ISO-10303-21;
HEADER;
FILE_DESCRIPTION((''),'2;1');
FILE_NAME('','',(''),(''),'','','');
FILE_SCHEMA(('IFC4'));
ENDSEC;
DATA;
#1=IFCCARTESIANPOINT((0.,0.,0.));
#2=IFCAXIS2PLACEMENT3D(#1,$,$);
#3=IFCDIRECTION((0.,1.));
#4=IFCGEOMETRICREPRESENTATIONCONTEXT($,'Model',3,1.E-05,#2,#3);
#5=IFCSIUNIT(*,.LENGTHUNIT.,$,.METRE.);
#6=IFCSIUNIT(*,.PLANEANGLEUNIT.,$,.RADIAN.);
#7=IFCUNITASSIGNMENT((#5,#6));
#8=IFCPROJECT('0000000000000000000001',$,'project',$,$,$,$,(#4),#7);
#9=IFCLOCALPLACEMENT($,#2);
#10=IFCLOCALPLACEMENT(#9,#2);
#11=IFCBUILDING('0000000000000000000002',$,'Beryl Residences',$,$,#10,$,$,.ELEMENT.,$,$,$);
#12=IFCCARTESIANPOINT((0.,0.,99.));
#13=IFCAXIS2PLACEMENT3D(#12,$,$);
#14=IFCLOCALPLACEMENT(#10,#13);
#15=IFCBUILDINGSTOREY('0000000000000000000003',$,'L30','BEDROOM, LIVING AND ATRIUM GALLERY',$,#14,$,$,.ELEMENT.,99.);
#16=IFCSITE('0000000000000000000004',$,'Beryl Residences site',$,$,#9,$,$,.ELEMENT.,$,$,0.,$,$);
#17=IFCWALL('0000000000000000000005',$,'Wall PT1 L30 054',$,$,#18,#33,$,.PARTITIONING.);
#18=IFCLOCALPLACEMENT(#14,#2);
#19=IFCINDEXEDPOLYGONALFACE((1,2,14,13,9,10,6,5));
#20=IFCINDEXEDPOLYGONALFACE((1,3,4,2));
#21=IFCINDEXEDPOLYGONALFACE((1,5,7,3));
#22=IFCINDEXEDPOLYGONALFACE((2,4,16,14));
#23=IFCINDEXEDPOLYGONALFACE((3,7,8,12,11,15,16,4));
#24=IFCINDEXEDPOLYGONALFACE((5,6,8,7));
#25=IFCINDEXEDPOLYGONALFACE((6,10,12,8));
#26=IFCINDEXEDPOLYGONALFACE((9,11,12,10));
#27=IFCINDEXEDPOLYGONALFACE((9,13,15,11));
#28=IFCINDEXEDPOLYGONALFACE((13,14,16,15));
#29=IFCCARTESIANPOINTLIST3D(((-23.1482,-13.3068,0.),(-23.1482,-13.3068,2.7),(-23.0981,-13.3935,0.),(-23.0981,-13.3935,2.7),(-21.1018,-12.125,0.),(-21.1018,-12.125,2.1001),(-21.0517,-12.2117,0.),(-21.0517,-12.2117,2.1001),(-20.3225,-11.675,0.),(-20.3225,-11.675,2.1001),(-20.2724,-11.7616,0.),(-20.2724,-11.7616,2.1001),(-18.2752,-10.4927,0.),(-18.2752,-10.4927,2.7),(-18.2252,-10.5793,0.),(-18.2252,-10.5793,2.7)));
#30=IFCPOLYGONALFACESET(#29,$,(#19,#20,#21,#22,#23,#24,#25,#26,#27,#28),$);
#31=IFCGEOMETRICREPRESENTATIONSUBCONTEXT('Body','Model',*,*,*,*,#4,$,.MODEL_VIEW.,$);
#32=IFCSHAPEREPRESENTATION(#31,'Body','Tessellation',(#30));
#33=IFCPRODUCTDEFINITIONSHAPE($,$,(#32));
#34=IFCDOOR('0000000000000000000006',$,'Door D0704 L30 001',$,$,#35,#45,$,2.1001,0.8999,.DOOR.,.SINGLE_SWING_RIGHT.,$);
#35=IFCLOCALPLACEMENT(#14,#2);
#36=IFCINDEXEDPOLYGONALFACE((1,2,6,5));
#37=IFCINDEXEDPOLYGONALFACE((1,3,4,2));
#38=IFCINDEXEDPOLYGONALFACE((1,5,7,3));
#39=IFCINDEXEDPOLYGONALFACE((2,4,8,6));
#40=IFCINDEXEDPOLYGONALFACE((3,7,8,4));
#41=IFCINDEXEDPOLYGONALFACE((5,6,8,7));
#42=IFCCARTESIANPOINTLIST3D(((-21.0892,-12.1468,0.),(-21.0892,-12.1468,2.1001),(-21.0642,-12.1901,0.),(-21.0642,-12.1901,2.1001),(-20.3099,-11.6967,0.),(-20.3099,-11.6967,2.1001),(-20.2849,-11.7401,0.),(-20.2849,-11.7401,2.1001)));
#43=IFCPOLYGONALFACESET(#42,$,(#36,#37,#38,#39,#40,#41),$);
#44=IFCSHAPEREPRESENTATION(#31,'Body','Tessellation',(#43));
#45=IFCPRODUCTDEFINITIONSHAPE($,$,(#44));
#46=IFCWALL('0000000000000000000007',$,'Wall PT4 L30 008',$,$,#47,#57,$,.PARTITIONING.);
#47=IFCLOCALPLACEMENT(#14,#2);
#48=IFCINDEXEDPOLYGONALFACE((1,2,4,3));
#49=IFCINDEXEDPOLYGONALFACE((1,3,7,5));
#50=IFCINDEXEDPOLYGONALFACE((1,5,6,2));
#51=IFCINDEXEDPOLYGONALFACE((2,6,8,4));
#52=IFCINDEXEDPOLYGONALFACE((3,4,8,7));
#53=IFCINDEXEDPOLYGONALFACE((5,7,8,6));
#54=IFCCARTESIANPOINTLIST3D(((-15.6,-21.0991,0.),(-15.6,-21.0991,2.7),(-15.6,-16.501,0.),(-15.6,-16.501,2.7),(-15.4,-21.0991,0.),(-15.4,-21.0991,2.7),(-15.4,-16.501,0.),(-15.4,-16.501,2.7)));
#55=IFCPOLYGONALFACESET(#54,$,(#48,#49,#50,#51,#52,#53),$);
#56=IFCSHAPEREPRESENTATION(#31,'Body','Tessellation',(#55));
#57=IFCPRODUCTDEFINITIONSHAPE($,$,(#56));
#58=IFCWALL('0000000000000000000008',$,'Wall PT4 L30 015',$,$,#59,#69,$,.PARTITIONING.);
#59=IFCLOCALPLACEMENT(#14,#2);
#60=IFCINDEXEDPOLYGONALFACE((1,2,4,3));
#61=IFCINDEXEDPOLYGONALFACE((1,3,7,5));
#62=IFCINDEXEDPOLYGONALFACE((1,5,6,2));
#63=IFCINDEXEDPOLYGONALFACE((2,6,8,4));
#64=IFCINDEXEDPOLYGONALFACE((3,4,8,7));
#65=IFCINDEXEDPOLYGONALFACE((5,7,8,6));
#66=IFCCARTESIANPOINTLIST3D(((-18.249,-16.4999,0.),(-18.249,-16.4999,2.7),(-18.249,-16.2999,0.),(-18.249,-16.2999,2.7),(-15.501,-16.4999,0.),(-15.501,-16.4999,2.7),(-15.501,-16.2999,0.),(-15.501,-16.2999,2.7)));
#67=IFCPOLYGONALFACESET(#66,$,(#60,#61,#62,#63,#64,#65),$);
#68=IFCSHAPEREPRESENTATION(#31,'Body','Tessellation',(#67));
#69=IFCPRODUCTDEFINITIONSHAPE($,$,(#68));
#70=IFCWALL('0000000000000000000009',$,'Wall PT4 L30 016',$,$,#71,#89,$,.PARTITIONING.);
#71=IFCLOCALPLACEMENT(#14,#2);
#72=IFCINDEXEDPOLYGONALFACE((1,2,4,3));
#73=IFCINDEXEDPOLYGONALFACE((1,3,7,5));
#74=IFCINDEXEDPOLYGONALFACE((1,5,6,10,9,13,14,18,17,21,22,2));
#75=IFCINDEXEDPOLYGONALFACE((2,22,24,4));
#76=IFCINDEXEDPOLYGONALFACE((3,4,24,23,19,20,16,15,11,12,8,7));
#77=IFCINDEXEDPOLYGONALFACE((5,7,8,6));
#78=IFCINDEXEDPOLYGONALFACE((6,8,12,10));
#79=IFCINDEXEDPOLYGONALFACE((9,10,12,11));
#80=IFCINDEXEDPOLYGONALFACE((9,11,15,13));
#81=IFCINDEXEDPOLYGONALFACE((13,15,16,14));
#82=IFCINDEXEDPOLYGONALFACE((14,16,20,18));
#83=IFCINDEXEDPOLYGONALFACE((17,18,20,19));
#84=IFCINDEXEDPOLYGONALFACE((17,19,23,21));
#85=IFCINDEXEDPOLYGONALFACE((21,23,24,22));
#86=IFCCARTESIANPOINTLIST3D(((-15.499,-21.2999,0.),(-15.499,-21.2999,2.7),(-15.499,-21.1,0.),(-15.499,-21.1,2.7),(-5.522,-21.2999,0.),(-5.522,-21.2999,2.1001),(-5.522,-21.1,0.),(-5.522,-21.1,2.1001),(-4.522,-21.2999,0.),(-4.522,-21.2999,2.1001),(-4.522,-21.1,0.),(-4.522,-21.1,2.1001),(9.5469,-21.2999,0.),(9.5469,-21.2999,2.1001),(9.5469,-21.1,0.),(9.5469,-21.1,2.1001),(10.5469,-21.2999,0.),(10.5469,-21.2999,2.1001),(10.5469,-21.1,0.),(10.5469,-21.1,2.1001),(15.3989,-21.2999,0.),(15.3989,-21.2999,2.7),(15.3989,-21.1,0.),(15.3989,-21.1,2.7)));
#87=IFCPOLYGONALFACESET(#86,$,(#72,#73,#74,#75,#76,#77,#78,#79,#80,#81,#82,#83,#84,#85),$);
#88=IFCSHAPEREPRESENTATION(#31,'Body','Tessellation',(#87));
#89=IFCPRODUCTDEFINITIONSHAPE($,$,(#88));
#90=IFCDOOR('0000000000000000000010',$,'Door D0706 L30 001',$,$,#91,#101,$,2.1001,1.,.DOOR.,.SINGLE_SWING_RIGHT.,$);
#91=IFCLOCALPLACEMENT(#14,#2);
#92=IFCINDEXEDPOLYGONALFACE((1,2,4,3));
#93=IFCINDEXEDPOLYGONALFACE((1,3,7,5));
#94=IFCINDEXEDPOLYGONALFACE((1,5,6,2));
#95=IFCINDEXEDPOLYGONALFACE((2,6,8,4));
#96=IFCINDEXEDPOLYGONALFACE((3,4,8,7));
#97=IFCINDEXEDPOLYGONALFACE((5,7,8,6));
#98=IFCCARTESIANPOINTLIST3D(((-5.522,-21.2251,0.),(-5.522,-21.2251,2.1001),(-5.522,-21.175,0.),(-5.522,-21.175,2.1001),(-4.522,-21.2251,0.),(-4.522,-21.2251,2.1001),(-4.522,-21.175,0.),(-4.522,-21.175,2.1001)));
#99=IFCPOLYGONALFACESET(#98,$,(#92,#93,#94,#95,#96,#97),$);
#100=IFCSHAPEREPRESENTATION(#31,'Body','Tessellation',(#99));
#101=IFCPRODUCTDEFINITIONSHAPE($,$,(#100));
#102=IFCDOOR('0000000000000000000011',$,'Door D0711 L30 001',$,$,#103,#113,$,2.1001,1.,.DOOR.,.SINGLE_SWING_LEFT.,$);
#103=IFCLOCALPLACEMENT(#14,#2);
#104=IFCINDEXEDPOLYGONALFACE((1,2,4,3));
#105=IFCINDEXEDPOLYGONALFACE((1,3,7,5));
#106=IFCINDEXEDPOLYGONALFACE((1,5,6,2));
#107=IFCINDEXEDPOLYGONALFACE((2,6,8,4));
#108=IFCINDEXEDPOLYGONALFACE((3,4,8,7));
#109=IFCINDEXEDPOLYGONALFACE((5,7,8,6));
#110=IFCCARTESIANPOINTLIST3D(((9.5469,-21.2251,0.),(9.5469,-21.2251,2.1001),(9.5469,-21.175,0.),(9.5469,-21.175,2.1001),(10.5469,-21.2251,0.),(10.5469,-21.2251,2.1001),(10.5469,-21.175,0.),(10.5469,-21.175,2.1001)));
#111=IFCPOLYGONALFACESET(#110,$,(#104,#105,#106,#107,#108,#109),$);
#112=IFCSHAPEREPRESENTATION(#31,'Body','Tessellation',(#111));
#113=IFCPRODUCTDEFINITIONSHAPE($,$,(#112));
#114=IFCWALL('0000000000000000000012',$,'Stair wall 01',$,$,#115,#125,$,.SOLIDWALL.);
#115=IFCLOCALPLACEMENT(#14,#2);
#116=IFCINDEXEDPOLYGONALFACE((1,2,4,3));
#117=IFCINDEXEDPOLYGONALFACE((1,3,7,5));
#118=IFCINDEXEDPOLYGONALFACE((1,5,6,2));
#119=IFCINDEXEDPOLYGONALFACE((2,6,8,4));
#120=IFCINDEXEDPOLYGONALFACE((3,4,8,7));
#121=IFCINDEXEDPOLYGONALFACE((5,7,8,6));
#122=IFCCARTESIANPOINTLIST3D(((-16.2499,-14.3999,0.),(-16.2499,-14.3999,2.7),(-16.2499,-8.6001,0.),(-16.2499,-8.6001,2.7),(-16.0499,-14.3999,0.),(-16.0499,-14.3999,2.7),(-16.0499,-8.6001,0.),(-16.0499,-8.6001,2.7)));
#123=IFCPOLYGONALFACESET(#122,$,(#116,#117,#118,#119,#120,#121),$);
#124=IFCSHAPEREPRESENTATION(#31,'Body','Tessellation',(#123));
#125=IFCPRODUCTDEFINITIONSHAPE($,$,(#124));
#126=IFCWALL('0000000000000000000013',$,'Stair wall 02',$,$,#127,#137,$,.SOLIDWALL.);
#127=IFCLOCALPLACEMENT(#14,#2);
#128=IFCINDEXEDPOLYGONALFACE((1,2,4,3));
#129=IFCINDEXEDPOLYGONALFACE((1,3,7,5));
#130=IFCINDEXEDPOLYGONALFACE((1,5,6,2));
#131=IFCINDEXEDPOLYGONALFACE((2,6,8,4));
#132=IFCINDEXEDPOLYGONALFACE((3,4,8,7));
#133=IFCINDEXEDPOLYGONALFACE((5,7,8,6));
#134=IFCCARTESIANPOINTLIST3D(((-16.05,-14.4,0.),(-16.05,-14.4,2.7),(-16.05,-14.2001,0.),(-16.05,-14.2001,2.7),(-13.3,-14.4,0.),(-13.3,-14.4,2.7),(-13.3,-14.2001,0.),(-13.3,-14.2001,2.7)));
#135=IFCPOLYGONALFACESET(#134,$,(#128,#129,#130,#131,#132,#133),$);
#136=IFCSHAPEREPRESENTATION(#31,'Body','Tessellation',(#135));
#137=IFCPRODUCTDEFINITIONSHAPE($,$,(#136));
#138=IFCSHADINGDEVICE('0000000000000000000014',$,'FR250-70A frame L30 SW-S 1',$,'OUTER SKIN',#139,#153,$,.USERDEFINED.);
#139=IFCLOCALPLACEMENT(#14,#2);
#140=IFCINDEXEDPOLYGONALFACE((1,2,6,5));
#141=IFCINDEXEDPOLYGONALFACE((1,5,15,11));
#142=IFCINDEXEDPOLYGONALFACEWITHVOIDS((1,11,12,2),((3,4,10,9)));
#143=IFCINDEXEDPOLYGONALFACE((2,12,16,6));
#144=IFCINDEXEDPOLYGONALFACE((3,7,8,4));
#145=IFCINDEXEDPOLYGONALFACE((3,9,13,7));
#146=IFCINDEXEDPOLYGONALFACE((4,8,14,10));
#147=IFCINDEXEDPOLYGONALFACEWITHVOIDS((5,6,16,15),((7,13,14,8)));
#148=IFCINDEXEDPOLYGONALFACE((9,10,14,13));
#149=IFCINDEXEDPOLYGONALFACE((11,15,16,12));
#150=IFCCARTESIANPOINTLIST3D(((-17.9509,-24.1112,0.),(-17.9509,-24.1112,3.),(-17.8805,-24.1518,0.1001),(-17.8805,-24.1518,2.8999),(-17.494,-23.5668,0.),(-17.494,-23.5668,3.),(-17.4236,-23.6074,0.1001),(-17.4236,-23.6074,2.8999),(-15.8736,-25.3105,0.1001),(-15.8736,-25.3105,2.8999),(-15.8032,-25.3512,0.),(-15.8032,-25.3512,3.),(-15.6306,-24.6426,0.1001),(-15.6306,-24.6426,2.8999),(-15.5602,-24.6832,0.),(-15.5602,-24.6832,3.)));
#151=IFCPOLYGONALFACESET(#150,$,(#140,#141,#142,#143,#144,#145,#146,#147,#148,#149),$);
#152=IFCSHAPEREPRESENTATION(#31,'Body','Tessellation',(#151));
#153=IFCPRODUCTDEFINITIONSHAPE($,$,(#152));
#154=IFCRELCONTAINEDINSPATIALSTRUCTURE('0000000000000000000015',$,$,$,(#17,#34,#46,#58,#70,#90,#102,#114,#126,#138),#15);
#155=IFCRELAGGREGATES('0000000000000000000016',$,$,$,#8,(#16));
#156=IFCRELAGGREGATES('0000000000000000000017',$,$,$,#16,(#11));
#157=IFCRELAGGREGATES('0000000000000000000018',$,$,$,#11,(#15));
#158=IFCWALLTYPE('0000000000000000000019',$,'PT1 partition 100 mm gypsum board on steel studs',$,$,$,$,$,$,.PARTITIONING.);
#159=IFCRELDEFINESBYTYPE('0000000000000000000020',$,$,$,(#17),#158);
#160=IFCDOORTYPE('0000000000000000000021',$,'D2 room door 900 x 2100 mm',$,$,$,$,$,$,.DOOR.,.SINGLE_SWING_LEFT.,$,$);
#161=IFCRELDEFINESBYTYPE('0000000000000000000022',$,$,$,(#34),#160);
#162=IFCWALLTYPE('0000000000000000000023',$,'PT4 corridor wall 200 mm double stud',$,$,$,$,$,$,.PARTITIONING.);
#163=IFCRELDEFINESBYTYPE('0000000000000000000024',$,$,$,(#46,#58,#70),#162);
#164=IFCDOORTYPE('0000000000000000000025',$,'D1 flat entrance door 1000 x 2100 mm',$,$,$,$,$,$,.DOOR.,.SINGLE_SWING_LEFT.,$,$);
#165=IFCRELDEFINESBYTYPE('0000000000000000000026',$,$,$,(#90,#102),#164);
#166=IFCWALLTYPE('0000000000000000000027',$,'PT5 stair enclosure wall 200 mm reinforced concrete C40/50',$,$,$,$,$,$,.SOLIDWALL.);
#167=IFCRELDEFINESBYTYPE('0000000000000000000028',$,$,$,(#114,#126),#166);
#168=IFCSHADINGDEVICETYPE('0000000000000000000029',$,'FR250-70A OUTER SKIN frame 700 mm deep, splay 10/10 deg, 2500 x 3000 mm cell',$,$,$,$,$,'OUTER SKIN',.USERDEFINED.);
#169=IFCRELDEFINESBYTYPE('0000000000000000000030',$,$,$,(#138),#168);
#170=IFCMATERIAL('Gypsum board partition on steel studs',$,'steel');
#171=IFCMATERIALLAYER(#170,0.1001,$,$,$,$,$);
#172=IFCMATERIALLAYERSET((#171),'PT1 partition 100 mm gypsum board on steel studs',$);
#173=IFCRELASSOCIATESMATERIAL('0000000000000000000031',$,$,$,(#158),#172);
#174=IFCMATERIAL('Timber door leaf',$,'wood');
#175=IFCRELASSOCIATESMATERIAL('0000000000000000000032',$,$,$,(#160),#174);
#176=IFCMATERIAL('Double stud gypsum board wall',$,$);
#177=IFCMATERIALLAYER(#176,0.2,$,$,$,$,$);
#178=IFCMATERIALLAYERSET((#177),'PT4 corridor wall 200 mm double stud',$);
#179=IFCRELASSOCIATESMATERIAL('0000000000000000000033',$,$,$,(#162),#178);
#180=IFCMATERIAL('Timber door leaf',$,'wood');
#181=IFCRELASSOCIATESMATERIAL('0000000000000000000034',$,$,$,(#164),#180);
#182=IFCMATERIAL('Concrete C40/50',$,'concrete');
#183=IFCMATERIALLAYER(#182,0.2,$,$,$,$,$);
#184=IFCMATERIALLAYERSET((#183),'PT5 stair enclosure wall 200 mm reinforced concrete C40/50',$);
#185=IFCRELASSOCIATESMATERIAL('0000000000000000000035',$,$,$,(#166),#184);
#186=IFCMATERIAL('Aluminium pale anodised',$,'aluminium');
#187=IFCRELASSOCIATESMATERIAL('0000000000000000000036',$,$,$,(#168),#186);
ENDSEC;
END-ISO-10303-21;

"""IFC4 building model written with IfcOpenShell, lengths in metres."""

from ifc_helpers import new_model, entity, si_unit, direction, frame, frame_2d, origin, place, context, subcontext, project, spatial, rectangle, extrude, source, transform, mapped, material, layer, layer_set, type_object, type_shapes, element, fill, save


model = new_model("IFC4")

# Units and contexts
model_context = context("Model", 3, precision=1e-05, world=origin(), true_north=direction((0.0, 1.0)))
body_context = subcontext(model_context, "Body", "Model", "MODEL_VIEW")
ifc_project = project(units=[si_unit("LENGTHUNIT", "METRE"), si_unit("PLANEANGLEUNIT", "RADIAN")], contexts=[model_context])

# Site, building, storey
site_placement = place(None, origin())
site = spatial("IfcSite", under=ifc_project, at=site_placement, Name="Beryl Residences site", CompositionType="ELEMENT", RefElevation=0.0)
building_placement = place(site_placement, origin())
building = spatial("IfcBuilding", under=site, at=building_placement, Name="Beryl Residences", CompositionType="ELEMENT")
storey_placement = place(building_placement, frame((0.0, 0.0, 99.0)))
storey = spatial("IfcBuildingStorey", under=building, at=storey_placement, Name="L30", Description="BEDROOM, LIVING AND ATRIUM GALLERY", CompositionType="ELEMENT", Elevation=99.0)

# Wall, opening, door
ifc_material_1 = material(Name="Gypsum board partition on steel studs", Category="steel")
ifc_layer_1 = layer(ifc_material_1, 0.1001)
ifc_layer_set_1 = layer_set([ifc_layer_1], Name="PT1 partition 100 mm gypsum board on steel studs")
wall_type_1 = type_object("IfcWallType", Name="PT1 partition 100 mm gypsum board on steel studs", PredefinedType="PARTITIONING", material=ifc_layer_set_1)
ifc_material_2 = material(Name="Timber door leaf", Category="wood")
door_type_1 = type_object("IfcDoorType", Name="D2 room door 900 x 2100 mm", OperationType="SINGLE_SWING_LEFT", PredefinedType="DOOR", material=ifc_material_2)
wall_1_placement = place(storey_placement, frame((-23.123, -13.3501, 0.0), z_axis=(0.0, 0.0, 1.0), x_axis=(0.865967, 0.5001, 0.0)))
wall_1 = element("IfcWall", 1, at=wall_1_placement, inside=storey, type_object=wall_type_1, Name="Wall PT1 L30 054", PredefinedType="PARTITIONING", context=body_context, shape_type="SweptSolid", body=[
    extrude(rectangle(XDim=5.6272, YDim=0.1001, at=frame_2d((2.8135, 0.0))), origin(), (0.0, 0.0, 1.0), 2.7),
])
opening_1_placement = place(wall_1_placement, frame((2.363, 0.0, 0.0)))
opening_1 = element("IfcOpeningElement", 2, at=opening_1_placement, cuts=wall_1, PredefinedType="OPENING", context=body_context, shape_type="SweptSolid", body=[
    extrude(rectangle(XDim=0.8999, YDim=2.1001, at=frame_2d((0.45, 1.05))), frame((0.0, 0.0601, 0.0), z_axis=(0.0, -1.0, 0.0), x_axis=(1.0, 0.0, 0.0)), (0.0, 0.0, 1.0), 0.1201),
])
door_1_placement = place(opening_1_placement, origin())
door_1 = element("IfcDoor", 3, at=door_1_placement, inside=storey, type_object=door_type_1, Name="Door D0704 L30 001", OperationType="SINGLE_SWING_RIGHT", OverallHeight=2.1001, OverallWidth=0.8999, PredefinedType="DOOR", context=body_context, shape_type="SweptSolid", body=[
    extrude(rectangle(XDim=0.8999, YDim=2.1001, at=frame_2d((0.45, 1.05))), frame((0.0, 0.0249, 0.0), z_axis=(0.0, -1.0, 0.0), x_axis=(1.0, 0.0, 0.0)), (0.0, 0.0, 1.0), 0.05),
])
fill(opening_1, door_1)

# Walls
ifc_material_3 = material(Name="Double stud gypsum board wall")
ifc_layer_2 = layer(ifc_material_3, 0.2)
ifc_layer_set_2 = layer_set([ifc_layer_2], Name="PT4 corridor wall 200 mm double stud")
wall_type_2 = type_object("IfcWallType", Name="PT4 corridor wall 200 mm double stud", PredefinedType="PARTITIONING", material=ifc_layer_set_2)
wall_2_placement = place(storey_placement, frame((-15.5, -16.501, 0.0), z_axis=(0.0, 0.0, 1.0), x_axis=(0.0, -1.0, 0.0)))
element("IfcWall", 4, at=wall_2_placement, inside=storey, type_object=wall_type_2, Name="Wall PT4 L30 008", PredefinedType="PARTITIONING", context=body_context, shape_type="SweptSolid", body=[
    extrude(rectangle(XDim=4.5981, YDim=0.2, at=frame_2d((2.2991, 0.0))), origin(), (0.0, 0.0, 1.0), 2.7),
])
wall_3_placement = place(storey_placement, frame((-18.249, -16.3999, 0.0), z_axis=(0.0, 0.0, 1.0), x_axis=(1.0, 0.0, 0.0)))
element("IfcWall", 5, at=wall_3_placement, inside=storey, type_object=wall_type_2, Name="Wall PT4 L30 015", PredefinedType="PARTITIONING", context=body_context, shape_type="SweptSolid", body=[
    extrude(rectangle(XDim=2.748, YDim=0.2, at=frame_2d((1.374, 0.0))), origin(), (0.0, 0.0, 1.0), 2.7),
])

# Wall, openings, doors
wall_4_placement = place(storey_placement, frame((-15.499, -21.2, 0.0), z_axis=(0.0, 0.0, 1.0), x_axis=(1.0, 0.0, 0.0)))
wall_4 = element("IfcWall", 6, at=wall_4_placement, inside=storey, type_object=wall_type_2, Name="Wall PT4 L30 016", PredefinedType="PARTITIONING", context=body_context, shape_type="SweptSolid", body=[
    extrude(rectangle(XDim=30.8979, YDim=0.2, at=frame_2d((15.449, 0.0))), origin(), (0.0, 0.0, 1.0), 2.7),
])
opening_2_placement = place(wall_4_placement, frame((9.9771, 0.0, 0.0)))
opening_2 = element("IfcOpeningElement", 7, at=opening_2_placement, cuts=wall_4, PredefinedType="OPENING", context=body_context, shape_type="SweptSolid", body=[
    extrude(rectangle(XDim=1.0, YDim=2.1001, at=frame_2d((0.5, 1.05))), frame((0.0, 0.1099, 0.0), z_axis=(0.0, -1.0, 0.0), x_axis=(1.0, 0.0, 0.0)), (0.0, 0.0, 1.0), 0.22),
])
opening_3_placement = place(wall_4_placement, frame((25.0459, 0.0, 0.0)))
opening_3 = element("IfcOpeningElement", 8, at=opening_3_placement, cuts=wall_4, PredefinedType="OPENING", context=body_context, shape_type="SweptSolid", body=[
    extrude(rectangle(XDim=1.0, YDim=2.1001, at=frame_2d((0.5, 1.05))), frame((0.0, 0.1099, 0.0), z_axis=(0.0, -1.0, 0.0), x_axis=(1.0, 0.0, 0.0)), (0.0, 0.0, 1.0), 0.22),
])
ifc_material_4 = material(Name="Timber door leaf", Category="wood")
door_type_2 = type_object("IfcDoorType", Name="D1 flat entrance door 1000 x 2100 mm", OperationType="SINGLE_SWING_LEFT", PredefinedType="DOOR", material=ifc_material_4)
door_2_placement = place(opening_2_placement, origin())
door_2 = element("IfcDoor", 9, at=door_2_placement, inside=storey, type_object=door_type_2, Name="Door D0706 L30 001", OperationType="SINGLE_SWING_RIGHT", OverallHeight=2.1001, OverallWidth=1.0, PredefinedType="DOOR", context=body_context, shape_type="SweptSolid", body=[
    extrude(rectangle(XDim=1.0, YDim=2.1001, at=frame_2d((0.5, 1.05))), frame((0.0, 0.0249, 0.0), z_axis=(0.0, -1.0, 0.0), x_axis=(1.0, 0.0, 0.0)), (0.0, 0.0, 1.0), 0.05),
])
fill(opening_2, door_2)
door_3_placement = place(opening_3_placement, origin())
door_3 = element("IfcDoor", 10, at=door_3_placement, inside=storey, type_object=door_type_2, Name="Door D0711 L30 001", OperationType="SINGLE_SWING_LEFT", OverallHeight=2.1001, OverallWidth=1.0, PredefinedType="DOOR", context=body_context, shape_type="SweptSolid", body=[
    extrude(rectangle(XDim=1.0, YDim=2.1001, at=frame_2d((0.5, 1.05))), frame((0.0, 0.0249, 0.0), z_axis=(0.0, -1.0, 0.0), x_axis=(1.0, 0.0, 0.0)), (0.0, 0.0, 1.0), 0.05),
])
fill(opening_3, door_3)

# Walls
ifc_material_5 = material(Name="Concrete C40/50", Category="concrete")
ifc_layer_3 = layer(ifc_material_5, 0.2)
ifc_layer_set_3 = layer_set([ifc_layer_3], Name="PT5 stair enclosure wall 200 mm reinforced concrete C40/50")
wall_type_3 = type_object("IfcWallType", Name="PT5 stair enclosure wall 200 mm reinforced concrete C40/50", PredefinedType="SOLIDWALL", material=ifc_layer_set_3)
wall_5_placement = place(storey_placement, frame((-16.1499, -14.3999, 0.0), z_axis=(0.0, 0.0, 1.0), x_axis=(0.0, 1.0, 0.0)))
element("IfcWall", 11, at=wall_5_placement, inside=storey, type_object=wall_type_3, Name="Stair wall 01", PredefinedType="SOLIDWALL", context=body_context, shape_type="SweptSolid", body=[
    extrude(rectangle(XDim=5.7998, YDim=0.2, at=frame_2d((2.8999, 0.0))), origin(), (0.0, 0.0, 1.0), 2.7),
])
wall_6_placement = place(storey_placement, frame((-16.05, -14.3, 0.0), z_axis=(0.0, 0.0, 1.0), x_axis=(1.0, 0.0, 0.0)))
element("IfcWall", 12, at=wall_6_placement, inside=storey, type_object=wall_type_3, Name="Stair wall 02", PredefinedType="SOLIDWALL", context=body_context, shape_type="SweptSolid", body=[
    extrude(rectangle(XDim=2.75, YDim=0.2, at=frame_2d((1.375, 0.0))), origin(), (0.0, 0.0, 1.0), 2.7),
])

# Shading device
ifc_material_6 = material(Name="Aluminium pale anodised", Category="aluminium")
shading_device_type_1 = type_object("IfcShadingDeviceType", Name="FR250-70A OUTER SKIN frame 700 mm deep, splay 10/10 deg, 2500 x 3000 mm cell", ElementType="OUTER SKIN", PredefinedType="USERDEFINED", material=ifc_material_6)
cartesian_point_1 = entity("IfcCartesianPoint", [-1.1165, 0.0])
cartesian_point_2 = entity("IfcCartesianPoint", [-1.0352, 0.1001])
cartesian_point_3 = entity("IfcCartesianPoint", [-1.24, 0.0])
cartesian_point_4 = entity("IfcCartesianPoint", [-1.1587, 0.1001])
shared_shape_1 = source(origin(), body_context, "Body", "SweptSolid", [
    entity("IfcExtrudedAreaSolidTapered", entity("IfcArbitraryProfileDefWithVoids", "AREA", None, entity("IfcPolyline", [cartesian_point_1, entity("IfcCartesianPoint", [1.1165, 0.0]), entity("IfcCartesianPoint", [1.1165, 3.0]), entity("IfcCartesianPoint", [-1.1165, 3.0]), cartesian_point_1]), [entity("IfcPolyline", [cartesian_point_2, entity("IfcCartesianPoint", [1.0352, 0.1001]), entity("IfcCartesianPoint", [1.0352, 2.8999]), entity("IfcCartesianPoint", [-1.0352, 2.8999]), cartesian_point_2])]), entity("IfcAxis2Placement3D", entity("IfcCartesianPoint", [0.0, 0.0, 0.0]), entity("IfcDirection", [0.0, 1.0, 0.0]), entity("IfcDirection", [-1.0, 0.0, 0.0])), entity("IfcDirection", [0.0, 0.0, 1.0]), 0.7, entity("IfcArbitraryProfileDefWithVoids", "AREA", None, entity("IfcPolyline", [cartesian_point_3, entity("IfcCartesianPoint", [1.24, 0.0]), entity("IfcCartesianPoint", [1.24, 3.0]), entity("IfcCartesianPoint", [-1.24, 3.0]), cartesian_point_3]), [entity("IfcPolyline", [cartesian_point_4, entity("IfcCartesianPoint", [1.1587, 0.1001]), entity("IfcCartesianPoint", [1.1587, 2.8999]), entity("IfcCartesianPoint", [-1.1587, 2.8999]), cartesian_point_4])])),
])
type_shapes(shading_device_type_1, [shared_shape_1])
for number, where, z_axis, x_axis, name in (
    (13, (-16.5271, -24.125, 0.0), (0.0, 0.0, 1.0), (-0.866025, 0.5, 0.0), "FR250-70A frame L30 SW-S 1"),
):
    element("IfcShadingDevice", number, at=place(storey_placement, frame(where, z_axis=z_axis, x_axis=x_axis)), inside=storey, type_object=shading_device_type_1, Name=name, ObjectType="OUTER SKIN", PredefinedType="USERDEFINED", context=body_context, shape_type="MappedRepresentation", body=[
        mapped(shared_shape_1, transform((0.0, 0.0, 0.0))),
    ])

save(model, "model.ifc")
